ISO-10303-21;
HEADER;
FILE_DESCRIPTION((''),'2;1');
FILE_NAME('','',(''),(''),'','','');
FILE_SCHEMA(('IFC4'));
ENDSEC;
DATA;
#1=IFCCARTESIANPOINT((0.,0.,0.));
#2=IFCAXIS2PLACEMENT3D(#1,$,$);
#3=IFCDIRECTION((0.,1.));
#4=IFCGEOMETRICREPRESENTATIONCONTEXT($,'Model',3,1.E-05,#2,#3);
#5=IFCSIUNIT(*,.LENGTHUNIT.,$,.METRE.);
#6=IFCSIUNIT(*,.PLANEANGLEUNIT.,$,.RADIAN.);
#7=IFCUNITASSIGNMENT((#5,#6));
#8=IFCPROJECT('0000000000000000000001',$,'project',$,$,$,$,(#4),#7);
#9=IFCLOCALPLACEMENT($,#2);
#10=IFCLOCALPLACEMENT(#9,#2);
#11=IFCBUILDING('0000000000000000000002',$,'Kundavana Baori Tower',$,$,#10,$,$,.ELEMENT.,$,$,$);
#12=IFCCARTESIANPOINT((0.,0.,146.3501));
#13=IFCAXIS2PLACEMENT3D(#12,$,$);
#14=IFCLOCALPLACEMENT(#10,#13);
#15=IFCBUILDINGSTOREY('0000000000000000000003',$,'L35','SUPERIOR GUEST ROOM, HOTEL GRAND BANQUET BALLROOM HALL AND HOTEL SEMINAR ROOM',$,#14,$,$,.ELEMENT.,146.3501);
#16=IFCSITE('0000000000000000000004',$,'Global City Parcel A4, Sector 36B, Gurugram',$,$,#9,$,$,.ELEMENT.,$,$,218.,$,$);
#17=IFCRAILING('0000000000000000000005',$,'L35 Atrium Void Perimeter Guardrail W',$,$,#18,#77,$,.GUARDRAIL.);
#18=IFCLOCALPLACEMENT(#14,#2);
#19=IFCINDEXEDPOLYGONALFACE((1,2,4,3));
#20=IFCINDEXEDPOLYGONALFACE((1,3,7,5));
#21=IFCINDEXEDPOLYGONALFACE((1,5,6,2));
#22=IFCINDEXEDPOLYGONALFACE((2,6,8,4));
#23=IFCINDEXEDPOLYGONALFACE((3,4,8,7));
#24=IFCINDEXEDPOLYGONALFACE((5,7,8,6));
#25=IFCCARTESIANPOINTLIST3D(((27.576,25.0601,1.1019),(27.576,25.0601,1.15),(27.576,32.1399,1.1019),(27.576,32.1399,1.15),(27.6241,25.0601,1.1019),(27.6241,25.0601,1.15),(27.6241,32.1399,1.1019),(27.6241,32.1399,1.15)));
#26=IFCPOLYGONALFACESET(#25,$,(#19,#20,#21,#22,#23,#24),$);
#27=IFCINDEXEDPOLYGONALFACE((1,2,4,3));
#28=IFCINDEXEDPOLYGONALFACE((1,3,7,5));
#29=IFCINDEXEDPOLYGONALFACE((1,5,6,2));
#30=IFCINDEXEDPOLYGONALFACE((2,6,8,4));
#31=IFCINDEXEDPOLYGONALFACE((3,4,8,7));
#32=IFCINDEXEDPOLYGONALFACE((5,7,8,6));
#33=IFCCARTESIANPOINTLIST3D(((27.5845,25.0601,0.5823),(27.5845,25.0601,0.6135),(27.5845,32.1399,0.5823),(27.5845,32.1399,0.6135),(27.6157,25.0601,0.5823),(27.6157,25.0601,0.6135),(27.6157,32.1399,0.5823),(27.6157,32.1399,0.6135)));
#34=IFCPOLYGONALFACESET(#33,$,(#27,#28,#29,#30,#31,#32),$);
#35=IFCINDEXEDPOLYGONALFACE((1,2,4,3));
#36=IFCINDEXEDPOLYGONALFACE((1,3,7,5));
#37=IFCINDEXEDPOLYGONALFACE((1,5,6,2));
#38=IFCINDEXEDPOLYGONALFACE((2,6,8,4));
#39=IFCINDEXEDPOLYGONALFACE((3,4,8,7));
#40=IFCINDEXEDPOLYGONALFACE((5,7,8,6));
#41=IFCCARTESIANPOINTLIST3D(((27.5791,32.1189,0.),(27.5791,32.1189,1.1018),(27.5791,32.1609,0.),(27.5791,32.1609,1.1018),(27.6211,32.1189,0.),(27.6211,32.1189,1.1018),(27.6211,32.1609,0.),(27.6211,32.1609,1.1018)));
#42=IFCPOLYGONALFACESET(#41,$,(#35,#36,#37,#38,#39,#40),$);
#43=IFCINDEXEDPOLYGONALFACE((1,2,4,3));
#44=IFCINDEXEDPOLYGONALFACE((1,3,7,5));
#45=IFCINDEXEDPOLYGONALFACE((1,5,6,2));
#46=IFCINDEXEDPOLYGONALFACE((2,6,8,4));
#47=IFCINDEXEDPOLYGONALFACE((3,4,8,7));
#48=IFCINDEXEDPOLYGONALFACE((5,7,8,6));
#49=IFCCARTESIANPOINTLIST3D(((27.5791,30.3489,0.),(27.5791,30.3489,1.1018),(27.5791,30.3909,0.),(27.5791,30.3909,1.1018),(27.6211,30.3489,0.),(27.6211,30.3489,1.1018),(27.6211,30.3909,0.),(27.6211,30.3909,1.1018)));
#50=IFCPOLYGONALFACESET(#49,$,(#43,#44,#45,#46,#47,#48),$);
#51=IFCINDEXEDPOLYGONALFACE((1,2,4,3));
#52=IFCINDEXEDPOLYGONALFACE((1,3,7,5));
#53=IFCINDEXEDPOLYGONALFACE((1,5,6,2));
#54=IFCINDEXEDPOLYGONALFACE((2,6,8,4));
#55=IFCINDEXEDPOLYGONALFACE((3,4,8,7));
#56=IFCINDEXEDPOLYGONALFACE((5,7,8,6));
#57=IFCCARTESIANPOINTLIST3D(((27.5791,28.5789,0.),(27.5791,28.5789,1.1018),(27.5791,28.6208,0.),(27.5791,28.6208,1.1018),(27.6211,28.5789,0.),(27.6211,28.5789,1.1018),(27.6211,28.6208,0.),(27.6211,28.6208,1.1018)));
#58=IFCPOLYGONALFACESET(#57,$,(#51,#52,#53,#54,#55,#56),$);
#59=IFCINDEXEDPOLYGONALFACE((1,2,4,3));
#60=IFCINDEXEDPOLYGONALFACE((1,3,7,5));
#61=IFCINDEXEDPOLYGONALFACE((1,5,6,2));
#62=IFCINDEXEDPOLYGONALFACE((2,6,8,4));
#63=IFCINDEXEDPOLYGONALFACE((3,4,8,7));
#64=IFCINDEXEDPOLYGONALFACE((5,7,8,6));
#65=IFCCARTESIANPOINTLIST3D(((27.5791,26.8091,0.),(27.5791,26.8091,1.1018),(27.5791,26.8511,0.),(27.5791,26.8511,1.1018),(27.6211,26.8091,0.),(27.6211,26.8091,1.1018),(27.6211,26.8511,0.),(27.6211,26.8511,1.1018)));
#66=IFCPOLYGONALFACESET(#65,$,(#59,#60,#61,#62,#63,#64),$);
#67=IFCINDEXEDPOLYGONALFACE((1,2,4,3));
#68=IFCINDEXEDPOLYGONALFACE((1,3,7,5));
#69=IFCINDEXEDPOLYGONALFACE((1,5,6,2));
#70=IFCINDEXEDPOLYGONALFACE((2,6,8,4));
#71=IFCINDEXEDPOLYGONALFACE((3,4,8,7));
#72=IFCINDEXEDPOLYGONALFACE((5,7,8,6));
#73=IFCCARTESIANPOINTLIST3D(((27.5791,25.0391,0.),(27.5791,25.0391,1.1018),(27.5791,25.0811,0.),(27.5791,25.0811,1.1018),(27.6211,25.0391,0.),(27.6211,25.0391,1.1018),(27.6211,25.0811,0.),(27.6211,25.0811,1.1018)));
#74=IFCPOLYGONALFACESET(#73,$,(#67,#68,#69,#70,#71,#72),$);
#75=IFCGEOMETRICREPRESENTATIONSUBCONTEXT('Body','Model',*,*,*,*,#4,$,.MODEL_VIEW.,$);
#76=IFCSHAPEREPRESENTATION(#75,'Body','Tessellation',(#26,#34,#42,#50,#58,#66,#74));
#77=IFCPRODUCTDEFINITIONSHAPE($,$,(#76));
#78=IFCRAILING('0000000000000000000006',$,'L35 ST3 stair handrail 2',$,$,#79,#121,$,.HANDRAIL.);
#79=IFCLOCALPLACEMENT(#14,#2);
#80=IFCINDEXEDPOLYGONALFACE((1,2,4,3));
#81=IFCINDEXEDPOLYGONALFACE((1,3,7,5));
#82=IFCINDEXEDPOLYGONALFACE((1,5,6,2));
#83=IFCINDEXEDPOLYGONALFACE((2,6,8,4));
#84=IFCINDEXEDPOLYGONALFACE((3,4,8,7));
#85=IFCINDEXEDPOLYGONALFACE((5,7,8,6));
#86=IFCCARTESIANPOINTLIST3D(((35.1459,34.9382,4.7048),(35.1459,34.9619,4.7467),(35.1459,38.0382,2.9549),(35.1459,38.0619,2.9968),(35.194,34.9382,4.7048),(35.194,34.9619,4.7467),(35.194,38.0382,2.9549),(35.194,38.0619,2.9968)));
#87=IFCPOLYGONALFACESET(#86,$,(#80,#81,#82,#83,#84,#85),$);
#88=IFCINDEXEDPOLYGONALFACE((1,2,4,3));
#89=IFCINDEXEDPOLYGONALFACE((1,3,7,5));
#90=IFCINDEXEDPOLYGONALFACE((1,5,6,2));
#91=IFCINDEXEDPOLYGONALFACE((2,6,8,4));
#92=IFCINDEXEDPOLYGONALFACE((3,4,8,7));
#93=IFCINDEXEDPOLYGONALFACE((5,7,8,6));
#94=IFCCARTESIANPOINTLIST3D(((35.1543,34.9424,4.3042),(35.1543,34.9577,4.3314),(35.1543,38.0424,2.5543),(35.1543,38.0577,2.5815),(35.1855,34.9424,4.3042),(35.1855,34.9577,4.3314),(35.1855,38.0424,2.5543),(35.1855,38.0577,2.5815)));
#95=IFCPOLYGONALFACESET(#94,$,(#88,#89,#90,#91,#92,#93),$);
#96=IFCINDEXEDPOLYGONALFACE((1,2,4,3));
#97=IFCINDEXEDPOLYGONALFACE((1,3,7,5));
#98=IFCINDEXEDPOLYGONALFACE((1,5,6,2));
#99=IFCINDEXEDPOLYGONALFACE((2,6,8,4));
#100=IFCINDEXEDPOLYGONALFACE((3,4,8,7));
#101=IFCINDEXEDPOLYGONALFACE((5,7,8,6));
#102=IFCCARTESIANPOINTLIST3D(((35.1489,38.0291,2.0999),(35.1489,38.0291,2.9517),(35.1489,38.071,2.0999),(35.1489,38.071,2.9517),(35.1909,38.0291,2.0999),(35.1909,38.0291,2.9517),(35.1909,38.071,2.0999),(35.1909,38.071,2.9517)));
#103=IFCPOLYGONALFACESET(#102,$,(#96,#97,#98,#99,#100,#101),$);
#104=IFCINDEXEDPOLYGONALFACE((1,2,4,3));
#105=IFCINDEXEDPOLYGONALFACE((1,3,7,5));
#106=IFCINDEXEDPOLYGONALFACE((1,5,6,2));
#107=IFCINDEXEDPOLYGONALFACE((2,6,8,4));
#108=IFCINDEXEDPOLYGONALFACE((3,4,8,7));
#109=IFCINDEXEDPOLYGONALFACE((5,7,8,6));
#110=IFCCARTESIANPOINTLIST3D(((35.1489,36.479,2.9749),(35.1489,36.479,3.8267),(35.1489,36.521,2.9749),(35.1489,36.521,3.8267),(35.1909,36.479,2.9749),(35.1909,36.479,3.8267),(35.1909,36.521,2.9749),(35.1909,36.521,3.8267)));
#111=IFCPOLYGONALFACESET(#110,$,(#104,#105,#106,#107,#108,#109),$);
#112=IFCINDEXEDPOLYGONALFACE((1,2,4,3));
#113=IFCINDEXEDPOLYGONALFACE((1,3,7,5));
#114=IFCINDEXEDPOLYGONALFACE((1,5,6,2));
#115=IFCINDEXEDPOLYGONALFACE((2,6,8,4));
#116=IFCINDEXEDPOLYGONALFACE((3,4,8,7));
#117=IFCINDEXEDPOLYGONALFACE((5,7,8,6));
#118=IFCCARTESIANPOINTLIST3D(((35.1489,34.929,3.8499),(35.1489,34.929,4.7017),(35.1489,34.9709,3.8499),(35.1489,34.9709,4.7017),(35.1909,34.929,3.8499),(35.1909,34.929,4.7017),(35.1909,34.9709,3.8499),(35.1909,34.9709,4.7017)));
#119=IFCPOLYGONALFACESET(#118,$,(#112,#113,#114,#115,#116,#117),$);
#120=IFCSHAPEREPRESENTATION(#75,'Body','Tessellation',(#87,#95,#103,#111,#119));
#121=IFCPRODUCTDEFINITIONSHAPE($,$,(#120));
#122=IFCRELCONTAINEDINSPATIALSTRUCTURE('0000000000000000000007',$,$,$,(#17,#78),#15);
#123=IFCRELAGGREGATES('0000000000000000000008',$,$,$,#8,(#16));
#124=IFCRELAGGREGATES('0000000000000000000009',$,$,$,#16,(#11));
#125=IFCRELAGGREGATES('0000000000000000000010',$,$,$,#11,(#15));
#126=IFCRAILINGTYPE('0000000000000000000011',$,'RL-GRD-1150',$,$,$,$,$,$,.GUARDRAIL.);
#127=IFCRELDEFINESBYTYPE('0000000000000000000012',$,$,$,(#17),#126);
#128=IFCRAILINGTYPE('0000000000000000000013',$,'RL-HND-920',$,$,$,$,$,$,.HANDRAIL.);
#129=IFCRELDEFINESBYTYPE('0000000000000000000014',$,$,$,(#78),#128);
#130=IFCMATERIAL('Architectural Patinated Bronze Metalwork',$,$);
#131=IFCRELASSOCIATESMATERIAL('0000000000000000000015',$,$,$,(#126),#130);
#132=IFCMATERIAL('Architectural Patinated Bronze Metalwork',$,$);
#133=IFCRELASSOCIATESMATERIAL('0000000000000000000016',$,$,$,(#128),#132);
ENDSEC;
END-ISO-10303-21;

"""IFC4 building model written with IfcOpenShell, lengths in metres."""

from ifc_helpers import new_model, si_unit, direction, frame, origin, origin_2d, place, context, subcontext, project, spatial, rectangle, extrude, material, type_object, element, save


model = new_model("IFC4")

# Units and contexts
model_context = context("Model", 3, precision=1e-05, world=origin(), true_north=direction((0.0, 1.0)))
body_context = subcontext(model_context, "Body", "Model", "MODEL_VIEW")
ifc_project = project(units=[si_unit("LENGTHUNIT", "METRE"), si_unit("PLANEANGLEUNIT", "RADIAN")], contexts=[model_context])

# Site, building, storey
site_placement = place(None, origin())
site = spatial("IfcSite", under=ifc_project, at=site_placement, Name="Global City Parcel A4, Sector 36B, Gurugram", CompositionType="ELEMENT", RefElevation=218.0)
building_placement = place(site_placement, origin())
building = spatial("IfcBuilding", under=site, at=building_placement, Name="Kundavana Baori Tower", CompositionType="ELEMENT")
storey_placement = place(building_placement, frame((0.0, 0.0, 146.3501)))
storey = spatial("IfcBuildingStorey", under=building, at=storey_placement, Name="L35", Description="SUPERIOR GUEST ROOM, HOTEL GRAND BANQUET BALLROOM HALL AND HOTEL SEMINAR ROOM", CompositionType="ELEMENT", Elevation=146.3501)

# Railings
ifc_material_1 = material(Name="Architectural Patinated Bronze Metalwork")
railing_type_1 = type_object("IfcRailingType", Name="RL-GRD-1150", PredefinedType="GUARDRAIL", material=ifc_material_1)
railing_1_placement = place(storey_placement, frame((27.6001, 32.1399, 0.0)))
element("IfcRailing", 1, at=railing_1_placement, inside=storey, type_object=railing_type_1, Name="L35 Atrium Void Perimeter Guardrail W", PredefinedType="GUARDRAIL", context=body_context, shape_type="SweptSolid", body=[
    extrude(rectangle(XDim=0.0481, YDim=0.0481, at=origin_2d()), frame((0.0, 0.0, 1.126), z_axis=(0.0, -1.0, 0.0), x_axis=(1.0, 0.0, 0.0)), (0.0, 0.0, 1.0), 7.0798),
    extrude(rectangle(XDim=0.0312, YDim=0.0312, at=origin_2d()), frame((0.0, 0.0, 0.5979), z_axis=(0.0, -1.0, 0.0), x_axis=(1.0, 0.0, 0.0)), (0.0, 0.0, 1.0), 7.0798),
    extrude(rectangle(XDim=0.042, YDim=0.042, at=origin_2d()), origin(), (0.0, 0.0, 1.0), 1.1018),
    extrude(rectangle(XDim=0.042, YDim=0.042, at=origin_2d()), frame((0.0, -1.77, 0.0)), (0.0, 0.0, 1.0), 1.1018),
    extrude(rectangle(XDim=0.042, YDim=0.042, at=origin_2d()), frame((0.0, -3.54, 0.0)), (0.0, 0.0, 1.0), 1.1018),
    extrude(rectangle(XDim=0.042, YDim=0.042, at=origin_2d()), frame((0.0, -5.3098, 0.0)), (0.0, 0.0, 1.0), 1.1018),
    extrude(rectangle(XDim=0.042, YDim=0.042, at=origin_2d()), frame((0.0, -7.0798, 0.0)), (0.0, 0.0, 1.0), 1.1018),
])
ifc_material_2 = material(Name="Architectural Patinated Bronze Metalwork")
railing_type_2 = type_object("IfcRailingType", Name="RL-HND-920", PredefinedType="HANDRAIL", material=ifc_material_2)
railing_2_placement = place(storey_placement, frame((35.1699, 38.05, 2.0999)))
element("IfcRailing", 2, at=railing_2_placement, inside=storey, type_object=railing_type_2, Name="L35 ST3 stair handrail 2", PredefinedType="HANDRAIL", context=body_context, shape_type="SweptSolid", body=[
    extrude(rectangle(XDim=0.0481, YDim=0.0481, at=origin_2d()), frame((0.0, 0.0, 0.876), z_axis=(0.0, -0.870831, 0.491583), x_axis=(1.0, 0.0, 0.0)), (0.0, 0.0, 1.0), 3.5598),
    extrude(rectangle(XDim=0.0312, YDim=0.0312, at=origin_2d()), frame((0.0, 0.0, 0.468), z_axis=(0.0, -0.870831, 0.491583), x_axis=(1.0, 0.0, 0.0)), (0.0, 0.0, 1.0), 3.5598),
    extrude(rectangle(XDim=0.042, YDim=0.042, at=origin_2d()), origin(), (0.0, 0.0, 1.0), 0.8518),
    extrude(rectangle(XDim=0.042, YDim=0.042, at=origin_2d()), frame((0.0, -1.55, 0.875)), (0.0, 0.0, 1.0), 0.8518),
    extrude(rectangle(XDim=0.042, YDim=0.042, at=origin_2d()), frame((0.0, -3.1001, 1.75)), (0.0, 0.0, 1.0), 0.8518),
])

save(model, "model.ifc")
